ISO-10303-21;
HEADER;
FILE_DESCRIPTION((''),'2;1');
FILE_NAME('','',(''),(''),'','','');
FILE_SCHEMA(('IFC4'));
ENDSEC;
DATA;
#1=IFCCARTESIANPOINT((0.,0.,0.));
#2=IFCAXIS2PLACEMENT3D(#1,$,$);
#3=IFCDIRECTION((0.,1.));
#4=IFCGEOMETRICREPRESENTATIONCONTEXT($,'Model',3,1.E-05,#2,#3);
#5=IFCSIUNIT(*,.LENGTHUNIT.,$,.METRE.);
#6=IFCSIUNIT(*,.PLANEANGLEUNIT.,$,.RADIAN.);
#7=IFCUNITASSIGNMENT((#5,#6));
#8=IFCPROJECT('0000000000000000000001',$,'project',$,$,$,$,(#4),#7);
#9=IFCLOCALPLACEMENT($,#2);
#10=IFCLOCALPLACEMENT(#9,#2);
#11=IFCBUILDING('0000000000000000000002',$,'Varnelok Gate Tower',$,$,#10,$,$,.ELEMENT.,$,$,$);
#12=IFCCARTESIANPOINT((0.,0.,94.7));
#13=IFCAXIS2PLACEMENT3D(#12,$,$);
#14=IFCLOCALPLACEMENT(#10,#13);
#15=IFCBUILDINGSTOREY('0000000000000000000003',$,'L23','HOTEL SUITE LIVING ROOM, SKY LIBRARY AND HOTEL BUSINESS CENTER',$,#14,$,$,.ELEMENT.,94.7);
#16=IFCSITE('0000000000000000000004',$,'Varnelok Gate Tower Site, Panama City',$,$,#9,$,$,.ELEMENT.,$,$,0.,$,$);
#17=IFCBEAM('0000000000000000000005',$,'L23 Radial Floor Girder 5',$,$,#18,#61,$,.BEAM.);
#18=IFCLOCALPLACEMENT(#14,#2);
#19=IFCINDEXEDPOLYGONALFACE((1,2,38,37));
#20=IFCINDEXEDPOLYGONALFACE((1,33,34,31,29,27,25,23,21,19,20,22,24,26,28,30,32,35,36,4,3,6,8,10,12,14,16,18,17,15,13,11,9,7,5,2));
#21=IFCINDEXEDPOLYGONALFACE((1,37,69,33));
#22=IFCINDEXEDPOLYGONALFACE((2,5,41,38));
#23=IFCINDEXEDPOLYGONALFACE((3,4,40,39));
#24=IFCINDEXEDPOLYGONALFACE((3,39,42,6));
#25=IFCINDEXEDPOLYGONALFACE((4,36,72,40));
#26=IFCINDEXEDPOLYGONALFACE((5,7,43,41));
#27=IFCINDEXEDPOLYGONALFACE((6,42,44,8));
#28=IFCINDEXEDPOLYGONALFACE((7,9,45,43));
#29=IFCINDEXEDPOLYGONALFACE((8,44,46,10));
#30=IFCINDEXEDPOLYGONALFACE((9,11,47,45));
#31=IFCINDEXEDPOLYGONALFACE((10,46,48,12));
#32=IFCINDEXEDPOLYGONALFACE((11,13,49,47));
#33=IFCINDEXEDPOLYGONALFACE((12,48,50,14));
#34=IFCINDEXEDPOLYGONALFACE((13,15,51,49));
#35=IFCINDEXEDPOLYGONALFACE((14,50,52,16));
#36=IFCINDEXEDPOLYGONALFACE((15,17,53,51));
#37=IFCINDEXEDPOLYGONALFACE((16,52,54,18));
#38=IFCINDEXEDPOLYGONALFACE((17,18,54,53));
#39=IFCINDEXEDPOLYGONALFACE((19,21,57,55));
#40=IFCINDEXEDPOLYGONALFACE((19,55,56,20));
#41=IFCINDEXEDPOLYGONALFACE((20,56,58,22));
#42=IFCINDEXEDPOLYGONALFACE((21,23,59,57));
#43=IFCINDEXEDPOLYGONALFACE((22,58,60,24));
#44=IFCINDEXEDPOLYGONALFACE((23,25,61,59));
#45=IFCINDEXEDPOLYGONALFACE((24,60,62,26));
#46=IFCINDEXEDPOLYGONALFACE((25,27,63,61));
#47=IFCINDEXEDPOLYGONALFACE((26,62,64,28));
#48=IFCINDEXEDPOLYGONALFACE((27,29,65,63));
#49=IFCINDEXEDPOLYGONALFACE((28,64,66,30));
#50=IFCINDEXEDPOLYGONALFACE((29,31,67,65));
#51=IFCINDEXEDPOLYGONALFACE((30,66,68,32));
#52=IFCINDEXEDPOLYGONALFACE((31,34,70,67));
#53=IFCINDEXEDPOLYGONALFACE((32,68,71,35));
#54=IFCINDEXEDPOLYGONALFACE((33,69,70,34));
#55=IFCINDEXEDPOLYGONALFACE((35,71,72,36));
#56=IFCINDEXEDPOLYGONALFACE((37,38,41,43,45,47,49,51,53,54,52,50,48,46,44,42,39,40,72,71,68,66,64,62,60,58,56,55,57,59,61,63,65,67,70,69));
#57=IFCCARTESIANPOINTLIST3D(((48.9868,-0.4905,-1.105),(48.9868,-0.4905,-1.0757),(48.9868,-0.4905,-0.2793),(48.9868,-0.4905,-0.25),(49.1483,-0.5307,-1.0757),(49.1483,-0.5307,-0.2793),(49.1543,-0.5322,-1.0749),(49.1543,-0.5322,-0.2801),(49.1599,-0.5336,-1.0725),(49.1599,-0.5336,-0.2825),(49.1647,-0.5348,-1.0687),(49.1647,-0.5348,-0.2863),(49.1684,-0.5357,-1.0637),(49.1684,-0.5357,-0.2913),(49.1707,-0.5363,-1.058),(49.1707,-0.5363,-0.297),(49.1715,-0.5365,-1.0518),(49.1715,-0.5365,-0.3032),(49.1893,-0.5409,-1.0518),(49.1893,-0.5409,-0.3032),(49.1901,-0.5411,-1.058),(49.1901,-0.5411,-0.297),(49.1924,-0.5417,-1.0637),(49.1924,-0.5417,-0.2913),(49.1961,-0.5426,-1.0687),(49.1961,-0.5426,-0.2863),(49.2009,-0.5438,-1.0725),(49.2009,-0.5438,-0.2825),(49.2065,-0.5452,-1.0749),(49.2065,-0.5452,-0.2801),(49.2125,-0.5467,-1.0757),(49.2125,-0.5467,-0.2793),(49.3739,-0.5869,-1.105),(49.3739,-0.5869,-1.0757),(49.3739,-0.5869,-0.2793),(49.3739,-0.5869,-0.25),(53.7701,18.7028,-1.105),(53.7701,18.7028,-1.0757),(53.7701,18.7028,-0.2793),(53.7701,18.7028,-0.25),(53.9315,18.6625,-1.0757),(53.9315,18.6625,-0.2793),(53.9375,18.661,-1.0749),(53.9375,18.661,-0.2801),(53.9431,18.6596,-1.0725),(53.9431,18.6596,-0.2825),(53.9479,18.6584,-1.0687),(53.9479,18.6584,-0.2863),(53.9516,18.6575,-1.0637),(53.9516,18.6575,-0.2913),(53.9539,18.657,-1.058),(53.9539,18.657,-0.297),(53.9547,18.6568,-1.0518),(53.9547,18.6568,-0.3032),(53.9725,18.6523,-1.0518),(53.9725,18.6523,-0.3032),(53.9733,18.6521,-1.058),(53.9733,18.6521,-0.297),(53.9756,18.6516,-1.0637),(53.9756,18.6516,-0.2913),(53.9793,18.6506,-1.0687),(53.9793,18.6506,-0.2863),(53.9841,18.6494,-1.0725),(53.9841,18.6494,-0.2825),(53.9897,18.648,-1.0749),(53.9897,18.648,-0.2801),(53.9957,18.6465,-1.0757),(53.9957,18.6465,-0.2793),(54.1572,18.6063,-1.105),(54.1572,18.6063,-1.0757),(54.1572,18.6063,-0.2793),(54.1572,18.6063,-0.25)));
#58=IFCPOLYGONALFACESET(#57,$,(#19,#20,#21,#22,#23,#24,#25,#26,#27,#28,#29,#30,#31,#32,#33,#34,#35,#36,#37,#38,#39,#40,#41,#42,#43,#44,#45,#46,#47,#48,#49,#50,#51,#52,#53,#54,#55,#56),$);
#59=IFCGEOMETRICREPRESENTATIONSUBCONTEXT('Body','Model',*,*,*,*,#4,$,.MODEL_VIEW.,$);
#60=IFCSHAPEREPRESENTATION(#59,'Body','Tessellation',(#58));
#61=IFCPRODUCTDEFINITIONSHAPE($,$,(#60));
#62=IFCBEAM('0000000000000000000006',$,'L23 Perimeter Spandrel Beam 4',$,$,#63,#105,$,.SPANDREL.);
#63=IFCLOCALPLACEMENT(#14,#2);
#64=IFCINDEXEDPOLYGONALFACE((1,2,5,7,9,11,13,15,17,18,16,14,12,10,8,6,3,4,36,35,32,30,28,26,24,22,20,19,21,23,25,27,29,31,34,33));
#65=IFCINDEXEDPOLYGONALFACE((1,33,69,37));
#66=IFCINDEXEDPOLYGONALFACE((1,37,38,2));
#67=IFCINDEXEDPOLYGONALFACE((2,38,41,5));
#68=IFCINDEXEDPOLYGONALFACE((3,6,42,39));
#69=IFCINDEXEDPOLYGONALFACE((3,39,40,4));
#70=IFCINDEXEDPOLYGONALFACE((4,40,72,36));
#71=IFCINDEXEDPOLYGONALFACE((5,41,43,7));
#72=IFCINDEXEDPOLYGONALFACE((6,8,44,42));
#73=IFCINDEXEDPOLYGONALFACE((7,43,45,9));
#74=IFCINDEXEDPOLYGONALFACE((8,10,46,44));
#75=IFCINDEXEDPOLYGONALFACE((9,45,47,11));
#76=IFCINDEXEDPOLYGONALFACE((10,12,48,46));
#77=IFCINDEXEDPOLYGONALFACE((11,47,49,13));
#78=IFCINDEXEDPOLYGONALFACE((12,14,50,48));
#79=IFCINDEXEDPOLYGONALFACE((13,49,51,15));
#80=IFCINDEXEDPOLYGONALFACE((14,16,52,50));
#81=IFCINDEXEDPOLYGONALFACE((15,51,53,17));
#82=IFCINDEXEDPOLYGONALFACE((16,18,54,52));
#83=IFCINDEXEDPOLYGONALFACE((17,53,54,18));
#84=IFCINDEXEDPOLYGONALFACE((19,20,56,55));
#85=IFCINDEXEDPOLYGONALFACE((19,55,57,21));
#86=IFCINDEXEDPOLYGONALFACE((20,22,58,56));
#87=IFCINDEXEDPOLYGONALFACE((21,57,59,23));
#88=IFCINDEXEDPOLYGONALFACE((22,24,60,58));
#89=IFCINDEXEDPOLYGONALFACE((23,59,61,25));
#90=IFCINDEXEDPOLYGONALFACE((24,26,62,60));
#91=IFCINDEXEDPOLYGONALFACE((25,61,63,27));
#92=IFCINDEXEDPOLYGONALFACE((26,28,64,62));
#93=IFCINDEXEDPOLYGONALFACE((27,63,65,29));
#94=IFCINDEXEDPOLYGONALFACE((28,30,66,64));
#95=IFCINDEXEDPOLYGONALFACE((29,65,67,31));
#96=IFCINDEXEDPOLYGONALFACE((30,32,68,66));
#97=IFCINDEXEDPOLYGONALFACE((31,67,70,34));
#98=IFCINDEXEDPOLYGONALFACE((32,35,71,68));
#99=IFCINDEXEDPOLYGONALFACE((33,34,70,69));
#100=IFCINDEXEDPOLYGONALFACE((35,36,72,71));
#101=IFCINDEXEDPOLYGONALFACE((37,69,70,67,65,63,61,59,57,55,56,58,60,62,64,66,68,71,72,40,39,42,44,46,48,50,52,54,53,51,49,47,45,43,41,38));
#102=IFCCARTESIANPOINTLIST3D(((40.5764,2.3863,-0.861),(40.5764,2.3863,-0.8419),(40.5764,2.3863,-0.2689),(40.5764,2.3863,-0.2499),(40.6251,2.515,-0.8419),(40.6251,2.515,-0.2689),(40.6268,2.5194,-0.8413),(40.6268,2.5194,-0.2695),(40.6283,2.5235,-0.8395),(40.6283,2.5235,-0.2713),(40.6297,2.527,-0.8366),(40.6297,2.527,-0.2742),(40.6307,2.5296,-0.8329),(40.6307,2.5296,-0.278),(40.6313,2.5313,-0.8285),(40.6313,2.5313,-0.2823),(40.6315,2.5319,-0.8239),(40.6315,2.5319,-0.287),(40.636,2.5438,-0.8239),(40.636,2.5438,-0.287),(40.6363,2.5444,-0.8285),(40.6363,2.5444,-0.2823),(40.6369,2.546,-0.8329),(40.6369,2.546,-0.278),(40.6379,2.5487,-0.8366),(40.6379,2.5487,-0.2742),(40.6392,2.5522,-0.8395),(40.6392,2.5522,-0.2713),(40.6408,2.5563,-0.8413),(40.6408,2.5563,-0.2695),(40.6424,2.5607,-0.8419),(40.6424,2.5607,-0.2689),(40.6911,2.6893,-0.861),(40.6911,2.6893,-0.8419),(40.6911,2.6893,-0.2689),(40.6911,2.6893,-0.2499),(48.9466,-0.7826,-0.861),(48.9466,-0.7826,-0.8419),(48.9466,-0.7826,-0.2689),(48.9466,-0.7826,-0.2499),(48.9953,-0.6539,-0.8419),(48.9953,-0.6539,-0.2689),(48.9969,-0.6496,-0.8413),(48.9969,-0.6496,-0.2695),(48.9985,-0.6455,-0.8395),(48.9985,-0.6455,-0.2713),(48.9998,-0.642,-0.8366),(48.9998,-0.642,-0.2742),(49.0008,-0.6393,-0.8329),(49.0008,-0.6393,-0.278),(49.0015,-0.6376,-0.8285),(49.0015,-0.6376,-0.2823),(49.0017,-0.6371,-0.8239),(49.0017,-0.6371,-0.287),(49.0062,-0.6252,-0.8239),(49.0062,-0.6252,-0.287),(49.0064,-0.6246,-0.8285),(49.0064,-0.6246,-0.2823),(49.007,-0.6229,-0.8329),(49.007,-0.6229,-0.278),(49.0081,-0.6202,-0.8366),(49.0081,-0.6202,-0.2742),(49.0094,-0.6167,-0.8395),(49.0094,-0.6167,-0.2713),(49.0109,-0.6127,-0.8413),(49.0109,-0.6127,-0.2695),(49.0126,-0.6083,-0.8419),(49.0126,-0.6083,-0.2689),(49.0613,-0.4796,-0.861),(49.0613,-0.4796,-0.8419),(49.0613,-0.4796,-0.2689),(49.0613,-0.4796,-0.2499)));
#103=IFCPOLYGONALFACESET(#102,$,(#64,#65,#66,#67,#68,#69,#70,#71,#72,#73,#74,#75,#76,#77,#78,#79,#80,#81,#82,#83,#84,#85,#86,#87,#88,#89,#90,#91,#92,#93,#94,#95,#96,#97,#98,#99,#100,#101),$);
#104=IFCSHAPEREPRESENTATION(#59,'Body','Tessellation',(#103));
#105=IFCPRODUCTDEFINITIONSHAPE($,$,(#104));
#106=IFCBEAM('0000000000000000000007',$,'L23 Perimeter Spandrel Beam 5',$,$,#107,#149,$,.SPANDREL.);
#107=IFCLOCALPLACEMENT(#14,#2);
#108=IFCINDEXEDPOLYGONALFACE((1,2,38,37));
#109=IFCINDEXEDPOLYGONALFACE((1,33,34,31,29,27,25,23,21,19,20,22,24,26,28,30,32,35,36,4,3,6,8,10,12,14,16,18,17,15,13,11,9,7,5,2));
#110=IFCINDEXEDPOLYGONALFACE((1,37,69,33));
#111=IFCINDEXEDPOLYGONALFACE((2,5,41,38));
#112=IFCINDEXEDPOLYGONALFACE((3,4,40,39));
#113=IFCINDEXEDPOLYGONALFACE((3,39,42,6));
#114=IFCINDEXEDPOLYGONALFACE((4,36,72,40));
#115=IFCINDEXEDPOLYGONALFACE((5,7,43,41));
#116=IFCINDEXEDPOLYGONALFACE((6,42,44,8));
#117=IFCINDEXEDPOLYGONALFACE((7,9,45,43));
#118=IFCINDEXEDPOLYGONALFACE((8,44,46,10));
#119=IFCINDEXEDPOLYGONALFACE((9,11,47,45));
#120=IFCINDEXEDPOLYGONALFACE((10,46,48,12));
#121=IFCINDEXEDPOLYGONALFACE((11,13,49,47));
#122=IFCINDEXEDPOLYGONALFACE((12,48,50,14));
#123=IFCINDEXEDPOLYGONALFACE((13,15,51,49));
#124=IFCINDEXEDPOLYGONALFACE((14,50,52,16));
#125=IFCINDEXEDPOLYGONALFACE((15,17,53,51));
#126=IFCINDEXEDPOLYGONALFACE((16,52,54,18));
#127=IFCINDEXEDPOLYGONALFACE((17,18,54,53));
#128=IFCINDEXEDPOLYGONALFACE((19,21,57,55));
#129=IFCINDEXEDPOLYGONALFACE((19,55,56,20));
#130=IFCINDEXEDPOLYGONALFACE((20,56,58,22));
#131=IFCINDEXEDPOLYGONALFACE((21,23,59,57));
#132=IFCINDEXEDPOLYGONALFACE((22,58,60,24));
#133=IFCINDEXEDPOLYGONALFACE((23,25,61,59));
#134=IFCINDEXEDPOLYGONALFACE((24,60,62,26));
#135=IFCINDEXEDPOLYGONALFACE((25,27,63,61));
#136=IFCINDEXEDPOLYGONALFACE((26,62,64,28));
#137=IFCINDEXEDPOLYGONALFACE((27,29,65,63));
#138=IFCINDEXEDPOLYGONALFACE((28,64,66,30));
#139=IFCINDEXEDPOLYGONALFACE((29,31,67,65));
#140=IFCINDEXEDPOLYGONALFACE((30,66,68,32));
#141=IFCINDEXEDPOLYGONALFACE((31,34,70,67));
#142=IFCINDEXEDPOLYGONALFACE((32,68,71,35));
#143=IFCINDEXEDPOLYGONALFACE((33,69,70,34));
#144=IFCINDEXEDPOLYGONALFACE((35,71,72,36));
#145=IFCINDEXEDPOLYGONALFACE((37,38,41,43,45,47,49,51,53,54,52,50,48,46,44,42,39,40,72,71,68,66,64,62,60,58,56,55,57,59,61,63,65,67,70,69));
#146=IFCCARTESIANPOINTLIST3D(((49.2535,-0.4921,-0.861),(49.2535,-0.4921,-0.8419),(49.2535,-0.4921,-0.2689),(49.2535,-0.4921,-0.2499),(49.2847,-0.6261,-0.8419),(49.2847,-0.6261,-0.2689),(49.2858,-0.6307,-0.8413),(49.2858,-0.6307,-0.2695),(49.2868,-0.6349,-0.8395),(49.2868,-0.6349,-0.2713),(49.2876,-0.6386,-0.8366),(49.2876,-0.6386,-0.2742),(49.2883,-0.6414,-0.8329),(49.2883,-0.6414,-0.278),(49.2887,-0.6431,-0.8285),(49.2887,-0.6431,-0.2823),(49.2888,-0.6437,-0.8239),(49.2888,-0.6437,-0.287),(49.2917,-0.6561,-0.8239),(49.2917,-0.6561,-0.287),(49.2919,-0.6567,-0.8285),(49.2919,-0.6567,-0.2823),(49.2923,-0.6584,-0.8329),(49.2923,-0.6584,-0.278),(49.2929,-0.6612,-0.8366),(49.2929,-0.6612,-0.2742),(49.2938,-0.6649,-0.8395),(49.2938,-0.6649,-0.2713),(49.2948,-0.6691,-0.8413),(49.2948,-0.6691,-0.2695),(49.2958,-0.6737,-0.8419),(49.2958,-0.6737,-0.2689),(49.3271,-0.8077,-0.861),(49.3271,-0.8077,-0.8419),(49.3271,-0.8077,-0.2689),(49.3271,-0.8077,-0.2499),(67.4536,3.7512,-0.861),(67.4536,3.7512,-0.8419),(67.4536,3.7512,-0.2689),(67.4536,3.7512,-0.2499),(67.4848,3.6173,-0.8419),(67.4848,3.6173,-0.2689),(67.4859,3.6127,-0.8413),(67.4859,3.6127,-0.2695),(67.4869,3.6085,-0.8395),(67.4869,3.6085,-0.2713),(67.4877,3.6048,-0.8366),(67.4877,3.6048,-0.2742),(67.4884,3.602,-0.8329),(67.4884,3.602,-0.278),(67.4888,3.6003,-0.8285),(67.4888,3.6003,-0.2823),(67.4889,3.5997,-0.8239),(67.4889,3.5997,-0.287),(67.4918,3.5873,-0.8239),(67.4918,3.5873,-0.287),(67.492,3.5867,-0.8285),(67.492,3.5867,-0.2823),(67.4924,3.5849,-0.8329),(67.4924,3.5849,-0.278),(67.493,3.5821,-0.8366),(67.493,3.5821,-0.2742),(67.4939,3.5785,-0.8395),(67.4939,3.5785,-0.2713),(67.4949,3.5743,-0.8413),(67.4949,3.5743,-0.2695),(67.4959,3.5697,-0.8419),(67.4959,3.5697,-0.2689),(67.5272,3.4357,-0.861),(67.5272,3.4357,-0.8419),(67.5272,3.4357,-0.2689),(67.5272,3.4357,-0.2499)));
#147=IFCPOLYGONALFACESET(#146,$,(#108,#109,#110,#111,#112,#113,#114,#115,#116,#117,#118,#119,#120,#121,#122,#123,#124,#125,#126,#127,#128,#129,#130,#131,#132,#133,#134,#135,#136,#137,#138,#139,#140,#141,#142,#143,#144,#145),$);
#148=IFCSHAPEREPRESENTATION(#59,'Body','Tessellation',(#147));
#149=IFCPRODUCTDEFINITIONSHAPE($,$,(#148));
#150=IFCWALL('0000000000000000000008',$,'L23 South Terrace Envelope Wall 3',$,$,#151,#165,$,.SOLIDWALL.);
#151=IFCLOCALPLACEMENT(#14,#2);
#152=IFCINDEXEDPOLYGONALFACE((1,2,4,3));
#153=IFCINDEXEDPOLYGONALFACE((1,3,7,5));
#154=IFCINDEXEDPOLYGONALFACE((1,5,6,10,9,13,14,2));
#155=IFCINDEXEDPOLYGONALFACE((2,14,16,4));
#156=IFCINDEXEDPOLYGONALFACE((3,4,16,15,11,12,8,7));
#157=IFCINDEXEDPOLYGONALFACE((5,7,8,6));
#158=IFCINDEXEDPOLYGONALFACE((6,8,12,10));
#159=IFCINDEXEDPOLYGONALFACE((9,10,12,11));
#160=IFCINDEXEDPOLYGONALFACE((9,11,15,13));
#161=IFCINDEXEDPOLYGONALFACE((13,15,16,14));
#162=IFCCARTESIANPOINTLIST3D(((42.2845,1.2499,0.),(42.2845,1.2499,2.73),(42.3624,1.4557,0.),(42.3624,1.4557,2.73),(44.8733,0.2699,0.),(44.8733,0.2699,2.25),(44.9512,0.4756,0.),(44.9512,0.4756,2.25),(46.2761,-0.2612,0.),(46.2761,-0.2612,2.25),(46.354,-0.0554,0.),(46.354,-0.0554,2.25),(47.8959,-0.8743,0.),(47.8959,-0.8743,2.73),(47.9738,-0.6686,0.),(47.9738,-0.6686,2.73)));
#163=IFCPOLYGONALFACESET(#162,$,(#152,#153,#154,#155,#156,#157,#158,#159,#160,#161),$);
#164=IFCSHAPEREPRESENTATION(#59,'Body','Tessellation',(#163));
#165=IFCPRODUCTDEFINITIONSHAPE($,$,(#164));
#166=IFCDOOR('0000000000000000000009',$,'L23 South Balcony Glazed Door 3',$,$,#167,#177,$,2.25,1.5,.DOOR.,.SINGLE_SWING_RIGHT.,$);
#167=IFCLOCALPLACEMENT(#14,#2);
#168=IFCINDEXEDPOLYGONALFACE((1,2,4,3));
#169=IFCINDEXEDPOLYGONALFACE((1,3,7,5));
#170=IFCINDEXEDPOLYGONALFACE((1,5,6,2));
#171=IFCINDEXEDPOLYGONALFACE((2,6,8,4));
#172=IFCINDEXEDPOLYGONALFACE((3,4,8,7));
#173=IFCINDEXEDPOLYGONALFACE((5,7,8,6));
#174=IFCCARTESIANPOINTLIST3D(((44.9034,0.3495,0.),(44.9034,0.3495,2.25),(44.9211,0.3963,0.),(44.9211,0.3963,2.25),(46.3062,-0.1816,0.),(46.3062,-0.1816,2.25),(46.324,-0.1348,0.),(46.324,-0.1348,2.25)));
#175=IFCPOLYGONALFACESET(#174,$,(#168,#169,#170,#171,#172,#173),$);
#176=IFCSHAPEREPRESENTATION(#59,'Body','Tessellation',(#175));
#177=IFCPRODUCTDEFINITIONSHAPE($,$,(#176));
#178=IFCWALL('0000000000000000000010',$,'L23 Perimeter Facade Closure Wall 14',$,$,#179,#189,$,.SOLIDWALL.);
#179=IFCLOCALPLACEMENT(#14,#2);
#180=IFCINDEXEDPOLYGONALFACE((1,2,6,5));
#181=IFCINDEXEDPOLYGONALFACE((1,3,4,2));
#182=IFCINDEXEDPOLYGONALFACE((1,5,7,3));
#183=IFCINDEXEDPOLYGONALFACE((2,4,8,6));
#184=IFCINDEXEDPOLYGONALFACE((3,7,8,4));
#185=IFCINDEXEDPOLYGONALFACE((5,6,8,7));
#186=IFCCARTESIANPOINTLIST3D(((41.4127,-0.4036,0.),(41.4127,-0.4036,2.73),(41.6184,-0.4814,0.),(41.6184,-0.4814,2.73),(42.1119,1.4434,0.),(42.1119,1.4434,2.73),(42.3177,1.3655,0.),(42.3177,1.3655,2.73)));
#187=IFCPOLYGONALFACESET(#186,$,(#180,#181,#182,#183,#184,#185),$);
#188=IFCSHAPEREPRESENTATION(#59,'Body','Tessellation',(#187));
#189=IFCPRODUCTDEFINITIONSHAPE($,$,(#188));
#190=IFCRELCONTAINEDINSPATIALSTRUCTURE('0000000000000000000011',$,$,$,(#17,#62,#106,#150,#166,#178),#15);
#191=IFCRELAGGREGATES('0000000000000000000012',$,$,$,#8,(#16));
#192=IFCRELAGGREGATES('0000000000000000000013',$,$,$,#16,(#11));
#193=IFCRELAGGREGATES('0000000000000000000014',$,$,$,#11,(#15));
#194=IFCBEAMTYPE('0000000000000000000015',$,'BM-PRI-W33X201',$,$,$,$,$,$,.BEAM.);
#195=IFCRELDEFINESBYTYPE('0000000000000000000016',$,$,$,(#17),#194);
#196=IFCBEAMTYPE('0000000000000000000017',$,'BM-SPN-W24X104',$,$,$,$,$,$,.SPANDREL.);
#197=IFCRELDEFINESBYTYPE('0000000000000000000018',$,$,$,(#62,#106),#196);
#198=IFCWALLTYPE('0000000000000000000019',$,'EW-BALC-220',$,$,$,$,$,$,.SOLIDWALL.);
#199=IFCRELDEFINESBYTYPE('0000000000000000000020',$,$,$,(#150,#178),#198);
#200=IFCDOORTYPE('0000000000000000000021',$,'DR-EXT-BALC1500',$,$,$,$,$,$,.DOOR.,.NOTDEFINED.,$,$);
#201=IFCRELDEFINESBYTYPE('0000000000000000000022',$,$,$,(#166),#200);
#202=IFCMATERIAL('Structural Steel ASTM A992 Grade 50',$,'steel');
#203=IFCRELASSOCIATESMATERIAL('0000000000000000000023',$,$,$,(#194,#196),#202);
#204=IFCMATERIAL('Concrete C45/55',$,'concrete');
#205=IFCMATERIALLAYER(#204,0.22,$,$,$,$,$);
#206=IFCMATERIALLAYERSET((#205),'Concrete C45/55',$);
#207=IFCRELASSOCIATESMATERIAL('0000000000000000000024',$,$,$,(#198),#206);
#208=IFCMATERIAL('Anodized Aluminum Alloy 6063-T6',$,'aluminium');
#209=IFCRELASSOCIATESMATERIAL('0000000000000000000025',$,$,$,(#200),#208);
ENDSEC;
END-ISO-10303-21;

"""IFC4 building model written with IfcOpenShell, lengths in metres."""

from ifc_helpers import new_model, si_unit, direction, frame, frame_2d, origin, origin_2d, place, context, subcontext, project, spatial, rectangle, i_section, extrude, material, layer, layer_set, material_profile, profile_set, type_object, element, fill, save


model = new_model("IFC4")

# Units and contexts
model_context = context("Model", 3, precision=1e-05, world=origin(), true_north=direction((0.0, 1.0)))
body_context = subcontext(model_context, "Body", "Model", "MODEL_VIEW")
ifc_project = project(units=[si_unit("LENGTHUNIT", "METRE"), si_unit("PLANEANGLEUNIT", "RADIAN")], contexts=[model_context])

# Site, building, storey
site_placement = place(None, origin())
site = spatial("IfcSite", under=ifc_project, at=site_placement, Name="Varnelok Gate Tower Site, Panama City", CompositionType="ELEMENT", RefElevation=0.0)
building_placement = place(site_placement, origin())
building = spatial("IfcBuilding", under=site, at=building_placement, Name="Varnelok Gate Tower", CompositionType="ELEMENT")
storey_placement = place(building_placement, frame((0.0, 0.0, 94.7)))
storey = spatial("IfcBuildingStorey", under=building, at=storey_placement, Name="L23", Description="HOTEL SUITE LIVING ROOM, SKY LIBRARY AND HOTEL BUSINESS CENTER", CompositionType="ELEMENT", Elevation=94.7)

# Shared definitions
ifc_material_1 = material(Name="Structural Steel ASTM A992 Grade 50", Category="steel")

# Beams
ifc_material_profile_1 = material_profile(ifc_material_1, i_section(OverallWidth=0.3989, OverallDepth=0.855, WebThickness=0.0183, FlangeThickness=0.0293, FilletRadius=0.0239, at=origin_2d()), Name="W33X201")
ifc_profile_set_1 = profile_set([ifc_material_profile_1], Name="Structural Steel ASTM A992 Grade 50")
beam_type_1 = type_object("IfcBeamType", Name="BM-PRI-W33X201", PredefinedType="BEAM", material=ifc_profile_set_1)
beam_1_placement = place(storey_placement, frame((53.9636, 18.6545, -0.6775), z_axis=(-0.241818, -0.970322, 0.0), x_axis=(0.970322, -0.241818, 0.0)))
element("IfcBeam", 1, at=beam_1_placement, inside=storey, type_object=beam_type_1, Name="L23 Radial Floor Girder 5", PredefinedType="BEAM", context=body_context, shape_type="SweptSolid", body=[
    extrude(i_section(OverallWidth=0.3989, OverallDepth=0.855, WebThickness=0.0183, FlangeThickness=0.0293, FilletRadius=0.0239, at=origin_2d()), origin(), (0.0, 0.0, 1.0), 19.7803),
])
ifc_material_profile_2 = material_profile(ifc_material_1, i_section(OverallWidth=0.324, OverallDepth=0.6111, WebThickness=0.0127, FlangeThickness=0.019, FilletRadius=0.0181, at=origin_2d()), Name="W24X104")
ifc_profile_set_2 = profile_set([ifc_material_profile_2], Name="Structural Steel ASTM A992 Grade 50")
beam_type_2 = type_object("IfcBeamType", Name="BM-SPN-W24X104", PredefinedType="SPANDREL", material=ifc_profile_set_2)
beam_2_placement = place(storey_placement, frame((40.6338, 2.5378, -0.5554), z_axis=(0.935217, -0.354075, 0.0), x_axis=(0.354075, 0.935217, 0.0)))
element("IfcBeam", 2, at=beam_2_placement, inside=storey, type_object=beam_type_2, Name="L23 Perimeter Spandrel Beam 4", PredefinedType="SPANDREL", context=body_context, shape_type="SweptSolid", body=[
    extrude(i_section(OverallWidth=0.324, OverallDepth=0.6111, WebThickness=0.0127, FlangeThickness=0.019, FilletRadius=0.0181, at=origin_2d()), origin(), (0.0, 0.0, 1.0), 8.95),
])
beam_3_placement = place(storey_placement, frame((49.2903, -0.6499, -0.5554), z_axis=(0.97388, 0.227062, 0.0), x_axis=(-0.227062, 0.97388, 0.0)))
element("IfcBeam", 3, at=beam_3_placement, inside=storey, type_object=beam_type_2, Name="L23 Perimeter Spandrel Beam 5", PredefinedType="SPANDREL", context=body_context, shape_type="SweptSolid", body=[
    extrude(i_section(OverallWidth=0.324, OverallDepth=0.6111, WebThickness=0.0127, FlangeThickness=0.019, FilletRadius=0.0181, at=origin_2d()), origin(), (0.0, 0.0, 1.0), 18.6882),
])

# Wall, opening, door
ifc_material_2 = material(Name="Concrete C45/55", Category="concrete")
ifc_layer_1 = layer(ifc_material_2, 0.22)
ifc_layer_set_1 = layer_set([ifc_layer_1], Name="Concrete C45/55")
wall_type_1 = type_object("IfcWallType", Name="EW-BALC-220", PredefinedType="SOLIDWALL", material=ifc_layer_set_1)
wall_1_placement = place(storey_placement, frame((47.9348, -0.7715, 0.0), z_axis=(0.0, 0.0, 1.0), x_axis=(-0.935228, 0.354047, 0.0)))
wall_1 = element("IfcWall", 4, at=wall_1_placement, inside=storey, type_object=wall_type_1, Name="L23 South Terrace Envelope Wall 3", PredefinedType="SOLIDWALL", context=body_context, shape_type="SweptSolid", body=[
    extrude(rectangle(XDim=6.0, YDim=0.22, at=frame_2d((3.0, 0.0))), origin(), (0.0, 0.0, 1.0), 2.73),
])
opening_1_placement = place(wall_1_placement, frame((1.7319, 0.0, 0.0)))
opening_1 = element("IfcOpeningElement", 5, at=opening_1_placement, cuts=wall_1, PredefinedType="OPENING", context=body_context, shape_type="SweptSolid", body=[
    extrude(rectangle(XDim=1.5, YDim=2.25, at=frame_2d((0.75, 1.125))), frame((0.0, 0.1199, 0.0), z_axis=(0.0, -1.0, 0.0), x_axis=(1.0, 0.0, 0.0)), (0.0, 0.0, 1.0), 0.24),
])
ifc_material_3 = material(Name="Anodized Aluminum Alloy 6063-T6", Category="aluminium")
door_type_1 = type_object("IfcDoorType", Name="DR-EXT-BALC1500", OperationType="NOTDEFINED", PredefinedType="DOOR", material=ifc_material_3)
door_1_placement = place(opening_1_placement, origin())
door_1 = element("IfcDoor", 6, at=door_1_placement, inside=storey, type_object=door_type_1, Name="L23 South Balcony Glazed Door 3", OperationType="SINGLE_SWING_RIGHT", OverallHeight=2.25, OverallWidth=1.5, PredefinedType="DOOR", context=body_context, shape_type="SweptSolid", body=[
    extrude(rectangle(XDim=1.5, YDim=2.25, at=frame_2d((0.75, 1.125))), frame((0.0, 0.0249, 0.0), z_axis=(0.0, -1.0, 0.0), x_axis=(1.0, 0.0, 0.0)), (0.0, 0.0, 1.0), 0.05),
])
fill(opening_1, door_1)

# Wall
wall_2_placement = place(storey_placement, frame((41.5156, -0.4424, 0.0), z_axis=(0.0, 0.0, 1.0), x_axis=(0.354062, 0.935222, 0.0)))
element("IfcWall", 7, at=wall_2_placement, inside=storey, type_object=wall_type_1, Name="L23 Perimeter Facade Closure Wall 14", PredefinedType="SOLIDWALL", context=body_context, shape_type="SweptSolid", body=[
    extrude(rectangle(XDim=1.9749, YDim=0.22, at=frame_2d((0.9873, 0.0))), origin(), (0.0, 0.0, 1.0), 2.73),
])

save(model, "model.ifc")
